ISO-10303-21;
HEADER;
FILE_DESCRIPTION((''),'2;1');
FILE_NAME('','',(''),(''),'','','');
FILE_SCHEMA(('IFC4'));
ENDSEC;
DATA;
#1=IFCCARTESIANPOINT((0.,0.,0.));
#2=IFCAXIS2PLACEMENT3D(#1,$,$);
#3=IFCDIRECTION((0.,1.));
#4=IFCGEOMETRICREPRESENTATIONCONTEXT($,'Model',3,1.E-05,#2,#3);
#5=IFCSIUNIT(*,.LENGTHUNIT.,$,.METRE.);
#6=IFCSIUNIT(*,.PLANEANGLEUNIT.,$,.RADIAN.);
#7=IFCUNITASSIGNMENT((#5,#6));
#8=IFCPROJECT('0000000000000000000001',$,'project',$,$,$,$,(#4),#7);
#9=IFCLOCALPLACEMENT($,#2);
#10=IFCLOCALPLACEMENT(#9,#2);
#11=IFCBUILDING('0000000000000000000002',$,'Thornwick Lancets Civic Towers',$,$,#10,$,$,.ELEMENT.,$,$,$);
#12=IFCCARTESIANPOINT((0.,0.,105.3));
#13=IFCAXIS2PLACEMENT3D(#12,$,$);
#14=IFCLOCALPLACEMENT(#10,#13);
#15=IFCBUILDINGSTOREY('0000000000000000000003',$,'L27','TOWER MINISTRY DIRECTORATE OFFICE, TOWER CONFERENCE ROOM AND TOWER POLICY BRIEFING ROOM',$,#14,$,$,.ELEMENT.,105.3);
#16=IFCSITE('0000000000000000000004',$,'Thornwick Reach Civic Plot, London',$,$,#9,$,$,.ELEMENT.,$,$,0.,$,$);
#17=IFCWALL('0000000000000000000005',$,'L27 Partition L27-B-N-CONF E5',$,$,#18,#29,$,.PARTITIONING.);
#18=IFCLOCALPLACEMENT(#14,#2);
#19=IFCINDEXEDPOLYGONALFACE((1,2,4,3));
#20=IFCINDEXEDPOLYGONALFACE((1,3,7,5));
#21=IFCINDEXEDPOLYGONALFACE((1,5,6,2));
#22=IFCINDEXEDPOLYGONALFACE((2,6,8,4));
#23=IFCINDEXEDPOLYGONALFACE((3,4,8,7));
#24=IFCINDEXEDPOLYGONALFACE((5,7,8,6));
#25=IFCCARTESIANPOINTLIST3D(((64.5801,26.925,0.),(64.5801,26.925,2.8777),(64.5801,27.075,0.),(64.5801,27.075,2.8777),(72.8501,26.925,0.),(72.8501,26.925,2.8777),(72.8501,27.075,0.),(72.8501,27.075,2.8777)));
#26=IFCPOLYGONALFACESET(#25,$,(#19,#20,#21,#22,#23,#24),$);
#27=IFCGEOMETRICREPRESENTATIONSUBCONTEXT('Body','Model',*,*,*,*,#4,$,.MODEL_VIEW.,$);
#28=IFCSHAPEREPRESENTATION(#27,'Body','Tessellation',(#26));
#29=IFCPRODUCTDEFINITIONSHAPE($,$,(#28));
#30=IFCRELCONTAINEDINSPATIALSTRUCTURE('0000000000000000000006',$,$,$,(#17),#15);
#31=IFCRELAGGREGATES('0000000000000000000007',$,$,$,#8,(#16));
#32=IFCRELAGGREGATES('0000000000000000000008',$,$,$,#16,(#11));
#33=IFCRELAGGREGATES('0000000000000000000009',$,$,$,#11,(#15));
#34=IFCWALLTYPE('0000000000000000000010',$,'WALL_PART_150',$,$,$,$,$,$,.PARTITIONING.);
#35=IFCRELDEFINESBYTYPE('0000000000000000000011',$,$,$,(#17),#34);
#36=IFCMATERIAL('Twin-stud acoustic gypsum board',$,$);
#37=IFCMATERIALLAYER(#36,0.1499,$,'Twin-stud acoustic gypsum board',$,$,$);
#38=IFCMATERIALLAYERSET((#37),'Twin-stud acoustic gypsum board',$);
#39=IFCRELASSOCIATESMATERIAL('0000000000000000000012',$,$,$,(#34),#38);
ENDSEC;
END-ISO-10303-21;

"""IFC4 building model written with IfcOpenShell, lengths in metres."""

from ifc_helpers import new_model, si_unit, direction, frame, frame_2d, origin, place, context, subcontext, project, spatial, rectangle, extrude, material, layer, layer_set, type_object, element, save


model = new_model("IFC4")

# Units and contexts
model_context = context("Model", 3, precision=1e-05, world=origin(), true_north=direction((0.0, 1.0)))
body_context = subcontext(model_context, "Body", "Model", "MODEL_VIEW")
ifc_project = project(units=[si_unit("LENGTHUNIT", "METRE"), si_unit("PLANEANGLEUNIT", "RADIAN")], contexts=[model_context])

# Site, building, storey
site_placement = place(None, origin())
site = spatial("IfcSite", under=ifc_project, at=site_placement, Name="Thornwick Reach Civic Plot, London", CompositionType="ELEMENT", RefElevation=0.0)
building_placement = place(site_placement, origin())
building = spatial("IfcBuilding", under=site, at=building_placement, Name="Thornwick Lancets Civic Towers", CompositionType="ELEMENT")
storey_placement = place(building_placement, frame((0.0, 0.0, 105.3)))
storey = spatial("IfcBuildingStorey", under=building, at=storey_placement, Name="L27", Description="TOWER MINISTRY DIRECTORATE OFFICE, TOWER CONFERENCE ROOM AND TOWER POLICY BRIEFING ROOM", CompositionType="ELEMENT", Elevation=105.3)

# Wall
ifc_material_1 = material(Name="Twin-stud acoustic gypsum board")
ifc_layer_1 = layer(ifc_material_1, 0.1499, Name="Twin-stud acoustic gypsum board")
ifc_layer_set_1 = layer_set([ifc_layer_1], Name="Twin-stud acoustic gypsum board")
wall_type_1 = type_object("IfcWallType", Name="WALL_PART_150", PredefinedType="PARTITIONING", material=ifc_layer_set_1)
wall_1_placement = place(storey_placement, frame((64.5801, 27.0, 0.0), z_axis=(0.0, 0.0, 1.0), x_axis=(1.0, 0.0, 0.0)))
element("IfcWall", 1, at=wall_1_placement, inside=storey, type_object=wall_type_1, Name="L27 Partition L27-B-N-CONF E5", PredefinedType="PARTITIONING", context=body_context, shape_type="SweptSolid", body=[
    extrude(rectangle(XDim=8.27, YDim=0.1499, at=frame_2d((4.135, 0.0))), origin(), (0.0, 0.0, 1.0), 2.8777),
])

save(model, "model.ifc")
